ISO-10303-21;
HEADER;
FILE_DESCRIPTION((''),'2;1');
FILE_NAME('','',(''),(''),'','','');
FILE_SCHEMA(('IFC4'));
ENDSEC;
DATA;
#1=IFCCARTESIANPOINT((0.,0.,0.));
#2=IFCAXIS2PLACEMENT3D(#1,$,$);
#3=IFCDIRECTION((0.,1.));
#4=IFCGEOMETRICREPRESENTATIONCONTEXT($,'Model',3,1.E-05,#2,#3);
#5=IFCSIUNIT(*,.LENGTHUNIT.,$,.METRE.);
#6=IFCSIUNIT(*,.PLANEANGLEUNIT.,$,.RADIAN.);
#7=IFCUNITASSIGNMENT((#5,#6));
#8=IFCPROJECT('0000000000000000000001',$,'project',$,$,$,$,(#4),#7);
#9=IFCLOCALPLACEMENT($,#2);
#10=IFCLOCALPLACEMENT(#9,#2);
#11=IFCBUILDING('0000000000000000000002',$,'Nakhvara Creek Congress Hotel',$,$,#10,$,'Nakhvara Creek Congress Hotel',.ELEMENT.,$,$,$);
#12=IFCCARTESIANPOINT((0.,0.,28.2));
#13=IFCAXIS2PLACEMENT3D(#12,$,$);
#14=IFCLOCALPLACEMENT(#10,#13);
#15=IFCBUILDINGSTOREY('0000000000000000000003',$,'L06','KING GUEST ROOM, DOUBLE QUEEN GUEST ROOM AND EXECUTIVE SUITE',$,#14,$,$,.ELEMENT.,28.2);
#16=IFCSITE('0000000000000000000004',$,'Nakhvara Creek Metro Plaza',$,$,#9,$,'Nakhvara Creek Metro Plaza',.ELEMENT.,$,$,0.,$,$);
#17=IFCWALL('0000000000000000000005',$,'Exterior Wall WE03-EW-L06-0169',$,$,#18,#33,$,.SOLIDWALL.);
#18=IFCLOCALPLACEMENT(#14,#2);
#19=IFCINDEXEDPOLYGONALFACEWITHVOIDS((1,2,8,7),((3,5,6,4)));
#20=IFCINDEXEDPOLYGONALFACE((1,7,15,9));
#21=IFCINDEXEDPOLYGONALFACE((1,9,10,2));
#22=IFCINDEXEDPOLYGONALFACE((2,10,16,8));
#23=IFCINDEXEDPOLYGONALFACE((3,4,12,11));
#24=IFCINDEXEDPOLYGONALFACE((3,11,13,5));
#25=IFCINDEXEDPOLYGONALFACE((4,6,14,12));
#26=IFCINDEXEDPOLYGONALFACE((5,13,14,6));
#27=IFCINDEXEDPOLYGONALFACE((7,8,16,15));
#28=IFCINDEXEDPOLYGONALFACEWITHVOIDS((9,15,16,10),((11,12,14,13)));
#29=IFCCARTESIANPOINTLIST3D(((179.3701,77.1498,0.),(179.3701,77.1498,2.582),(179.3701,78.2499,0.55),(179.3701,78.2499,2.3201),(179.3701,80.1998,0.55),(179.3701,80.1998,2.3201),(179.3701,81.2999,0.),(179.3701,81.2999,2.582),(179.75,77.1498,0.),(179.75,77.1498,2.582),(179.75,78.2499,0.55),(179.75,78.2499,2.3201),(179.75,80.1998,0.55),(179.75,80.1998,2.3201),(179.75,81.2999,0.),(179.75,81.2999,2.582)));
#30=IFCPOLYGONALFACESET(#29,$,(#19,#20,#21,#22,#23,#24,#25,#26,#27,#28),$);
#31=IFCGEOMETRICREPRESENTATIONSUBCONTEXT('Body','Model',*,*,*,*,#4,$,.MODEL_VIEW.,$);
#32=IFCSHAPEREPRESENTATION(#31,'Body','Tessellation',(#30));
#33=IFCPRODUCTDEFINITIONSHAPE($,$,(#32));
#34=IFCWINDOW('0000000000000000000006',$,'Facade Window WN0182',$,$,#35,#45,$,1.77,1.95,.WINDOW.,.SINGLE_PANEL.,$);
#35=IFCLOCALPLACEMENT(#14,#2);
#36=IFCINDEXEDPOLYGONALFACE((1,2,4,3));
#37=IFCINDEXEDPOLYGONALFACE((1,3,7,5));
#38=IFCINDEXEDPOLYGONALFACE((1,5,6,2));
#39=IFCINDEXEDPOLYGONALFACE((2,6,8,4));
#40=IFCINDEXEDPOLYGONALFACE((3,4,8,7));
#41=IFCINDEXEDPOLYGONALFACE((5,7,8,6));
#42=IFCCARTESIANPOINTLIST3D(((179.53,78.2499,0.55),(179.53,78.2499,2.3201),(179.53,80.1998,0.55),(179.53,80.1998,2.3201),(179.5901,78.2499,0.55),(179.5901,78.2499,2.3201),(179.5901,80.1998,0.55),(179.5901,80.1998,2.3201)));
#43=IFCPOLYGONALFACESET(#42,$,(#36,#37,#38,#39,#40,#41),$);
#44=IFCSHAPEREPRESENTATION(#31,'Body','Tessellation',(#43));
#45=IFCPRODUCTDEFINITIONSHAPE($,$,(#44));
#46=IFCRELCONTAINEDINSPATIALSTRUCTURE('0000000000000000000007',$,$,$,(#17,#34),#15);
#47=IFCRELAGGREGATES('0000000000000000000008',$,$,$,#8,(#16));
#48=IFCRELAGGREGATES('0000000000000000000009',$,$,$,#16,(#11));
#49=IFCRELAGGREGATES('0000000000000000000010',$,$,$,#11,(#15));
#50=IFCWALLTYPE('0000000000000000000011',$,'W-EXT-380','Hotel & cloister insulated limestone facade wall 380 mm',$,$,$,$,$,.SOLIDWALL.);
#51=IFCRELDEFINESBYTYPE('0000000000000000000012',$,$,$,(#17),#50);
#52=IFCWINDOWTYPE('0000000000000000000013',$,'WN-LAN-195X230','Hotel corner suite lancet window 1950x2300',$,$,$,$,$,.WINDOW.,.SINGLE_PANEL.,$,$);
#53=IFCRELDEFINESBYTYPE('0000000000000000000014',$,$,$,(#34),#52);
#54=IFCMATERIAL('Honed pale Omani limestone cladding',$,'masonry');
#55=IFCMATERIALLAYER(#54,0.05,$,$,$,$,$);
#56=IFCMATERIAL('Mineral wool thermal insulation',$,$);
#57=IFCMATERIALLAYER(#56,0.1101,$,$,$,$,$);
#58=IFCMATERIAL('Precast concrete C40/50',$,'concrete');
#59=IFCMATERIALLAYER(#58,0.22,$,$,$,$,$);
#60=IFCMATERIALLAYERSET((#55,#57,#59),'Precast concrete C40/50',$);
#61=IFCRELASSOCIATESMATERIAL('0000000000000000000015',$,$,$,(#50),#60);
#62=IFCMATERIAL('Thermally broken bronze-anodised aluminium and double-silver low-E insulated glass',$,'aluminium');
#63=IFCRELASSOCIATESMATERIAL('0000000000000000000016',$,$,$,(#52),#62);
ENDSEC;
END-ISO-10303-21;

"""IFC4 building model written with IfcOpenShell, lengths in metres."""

from ifc_helpers import new_model, si_unit, direction, frame, frame_2d, origin, place, context, subcontext, project, spatial, rectangle, extrude, material, layer, layer_set, type_object, element, fill, save


model = new_model("IFC4")

# Units and contexts
model_context = context("Model", 3, precision=1e-05, world=origin(), true_north=direction((0.0, 1.0)))
body_context = subcontext(model_context, "Body", "Model", "MODEL_VIEW")
ifc_project = project(units=[si_unit("LENGTHUNIT", "METRE"), si_unit("PLANEANGLEUNIT", "RADIAN")], contexts=[model_context])

# Site, building, storey
site_placement = place(None, origin())
site = spatial("IfcSite", under=ifc_project, at=site_placement, Name="Nakhvara Creek Metro Plaza", LongName="Nakhvara Creek Metro Plaza", CompositionType="ELEMENT", RefElevation=0.0)
building_placement = place(site_placement, origin())
building = spatial("IfcBuilding", under=site, at=building_placement, Name="Nakhvara Creek Congress Hotel", LongName="Nakhvara Creek Congress Hotel", CompositionType="ELEMENT")
storey_placement = place(building_placement, frame((0.0, 0.0, 28.2)))
storey = spatial("IfcBuildingStorey", under=building, at=storey_placement, Name="L06", Description="KING GUEST ROOM, DOUBLE QUEEN GUEST ROOM AND EXECUTIVE SUITE", CompositionType="ELEMENT", Elevation=28.2)

# Wall, opening, window
ifc_material_1 = material(Name="Honed pale Omani limestone cladding", Category="masonry")
ifc_layer_1 = layer(ifc_material_1, 0.05)
ifc_material_2 = material(Name="Mineral wool thermal insulation")
ifc_layer_2 = layer(ifc_material_2, 0.1101)
ifc_material_3 = material(Name="Precast concrete C40/50", Category="concrete")
ifc_layer_3 = layer(ifc_material_3, 0.22)
ifc_layer_set_1 = layer_set([ifc_layer_1, ifc_layer_2, ifc_layer_3], Name="Precast concrete C40/50")
wall_type_1 = type_object("IfcWallType", Name="W-EXT-380", Description="Hotel & cloister insulated limestone facade wall 380 mm", PredefinedType="SOLIDWALL", material=ifc_layer_set_1)
wall_1_placement = place(storey_placement, frame((179.5601, 81.3, 0.0), z_axis=(0.0, 0.0, 1.0), x_axis=(0.0, -1.0, 0.0)))
wall_1 = element("IfcWall", 1, at=wall_1_placement, inside=storey, type_object=wall_type_1, Name="Exterior Wall WE03-EW-L06-0169", PredefinedType="SOLIDWALL", context=body_context, shape_type="SweptSolid", body=[
    extrude(rectangle(XDim=4.1501, YDim=0.3799, at=frame_2d((2.0752, 0.0))), origin(), (0.0, 0.0, 1.0), 2.582),
])
opening_1_placement = place(wall_1_placement, frame((1.1001, 0.0, 0.55)))
opening_1 = element("IfcOpeningElement", 2, at=opening_1_placement, cuts=wall_1, PredefinedType="OPENING", context=body_context, shape_type="SweptSolid", body=[
    extrude(rectangle(XDim=1.95, YDim=1.77, at=frame_2d((0.9751, 0.885))), frame((0.0, 0.2019, 0.0), z_axis=(0.0, -1.0, 0.0), x_axis=(1.0, 0.0, 0.0)), (0.0, 0.0, 1.0), 0.4038),
])
ifc_material_4 = material(Name="Thermally broken bronze-anodised aluminium and double-silver low-E insulated glass", Category="aluminium")
window_type = type_object("IfcWindowType", Name="WN-LAN-195X230", Description="Hotel corner suite lancet window 1950x2300", PartitioningType="SINGLE_PANEL", PredefinedType="WINDOW", material=ifc_material_4)
window_placement = place(opening_1_placement, origin())
window = element("IfcWindow", 3, at=window_placement, inside=storey, type_object=window_type, Name="Facade Window WN0182", OverallHeight=1.77, OverallWidth=1.95, PartitioningType="SINGLE_PANEL", PredefinedType="WINDOW", context=body_context, shape_type="SweptSolid", body=[
    extrude(rectangle(XDim=1.95, YDim=1.77, at=frame_2d((0.9751, 0.885))), frame((0.0, 0.03, 0.0), z_axis=(0.0, -1.0, 0.0), x_axis=(1.0, 0.0, 0.0)), (0.0, 0.0, 1.0), 0.0601),
])
fill(opening_1, window)

save(model, "model.ifc")
